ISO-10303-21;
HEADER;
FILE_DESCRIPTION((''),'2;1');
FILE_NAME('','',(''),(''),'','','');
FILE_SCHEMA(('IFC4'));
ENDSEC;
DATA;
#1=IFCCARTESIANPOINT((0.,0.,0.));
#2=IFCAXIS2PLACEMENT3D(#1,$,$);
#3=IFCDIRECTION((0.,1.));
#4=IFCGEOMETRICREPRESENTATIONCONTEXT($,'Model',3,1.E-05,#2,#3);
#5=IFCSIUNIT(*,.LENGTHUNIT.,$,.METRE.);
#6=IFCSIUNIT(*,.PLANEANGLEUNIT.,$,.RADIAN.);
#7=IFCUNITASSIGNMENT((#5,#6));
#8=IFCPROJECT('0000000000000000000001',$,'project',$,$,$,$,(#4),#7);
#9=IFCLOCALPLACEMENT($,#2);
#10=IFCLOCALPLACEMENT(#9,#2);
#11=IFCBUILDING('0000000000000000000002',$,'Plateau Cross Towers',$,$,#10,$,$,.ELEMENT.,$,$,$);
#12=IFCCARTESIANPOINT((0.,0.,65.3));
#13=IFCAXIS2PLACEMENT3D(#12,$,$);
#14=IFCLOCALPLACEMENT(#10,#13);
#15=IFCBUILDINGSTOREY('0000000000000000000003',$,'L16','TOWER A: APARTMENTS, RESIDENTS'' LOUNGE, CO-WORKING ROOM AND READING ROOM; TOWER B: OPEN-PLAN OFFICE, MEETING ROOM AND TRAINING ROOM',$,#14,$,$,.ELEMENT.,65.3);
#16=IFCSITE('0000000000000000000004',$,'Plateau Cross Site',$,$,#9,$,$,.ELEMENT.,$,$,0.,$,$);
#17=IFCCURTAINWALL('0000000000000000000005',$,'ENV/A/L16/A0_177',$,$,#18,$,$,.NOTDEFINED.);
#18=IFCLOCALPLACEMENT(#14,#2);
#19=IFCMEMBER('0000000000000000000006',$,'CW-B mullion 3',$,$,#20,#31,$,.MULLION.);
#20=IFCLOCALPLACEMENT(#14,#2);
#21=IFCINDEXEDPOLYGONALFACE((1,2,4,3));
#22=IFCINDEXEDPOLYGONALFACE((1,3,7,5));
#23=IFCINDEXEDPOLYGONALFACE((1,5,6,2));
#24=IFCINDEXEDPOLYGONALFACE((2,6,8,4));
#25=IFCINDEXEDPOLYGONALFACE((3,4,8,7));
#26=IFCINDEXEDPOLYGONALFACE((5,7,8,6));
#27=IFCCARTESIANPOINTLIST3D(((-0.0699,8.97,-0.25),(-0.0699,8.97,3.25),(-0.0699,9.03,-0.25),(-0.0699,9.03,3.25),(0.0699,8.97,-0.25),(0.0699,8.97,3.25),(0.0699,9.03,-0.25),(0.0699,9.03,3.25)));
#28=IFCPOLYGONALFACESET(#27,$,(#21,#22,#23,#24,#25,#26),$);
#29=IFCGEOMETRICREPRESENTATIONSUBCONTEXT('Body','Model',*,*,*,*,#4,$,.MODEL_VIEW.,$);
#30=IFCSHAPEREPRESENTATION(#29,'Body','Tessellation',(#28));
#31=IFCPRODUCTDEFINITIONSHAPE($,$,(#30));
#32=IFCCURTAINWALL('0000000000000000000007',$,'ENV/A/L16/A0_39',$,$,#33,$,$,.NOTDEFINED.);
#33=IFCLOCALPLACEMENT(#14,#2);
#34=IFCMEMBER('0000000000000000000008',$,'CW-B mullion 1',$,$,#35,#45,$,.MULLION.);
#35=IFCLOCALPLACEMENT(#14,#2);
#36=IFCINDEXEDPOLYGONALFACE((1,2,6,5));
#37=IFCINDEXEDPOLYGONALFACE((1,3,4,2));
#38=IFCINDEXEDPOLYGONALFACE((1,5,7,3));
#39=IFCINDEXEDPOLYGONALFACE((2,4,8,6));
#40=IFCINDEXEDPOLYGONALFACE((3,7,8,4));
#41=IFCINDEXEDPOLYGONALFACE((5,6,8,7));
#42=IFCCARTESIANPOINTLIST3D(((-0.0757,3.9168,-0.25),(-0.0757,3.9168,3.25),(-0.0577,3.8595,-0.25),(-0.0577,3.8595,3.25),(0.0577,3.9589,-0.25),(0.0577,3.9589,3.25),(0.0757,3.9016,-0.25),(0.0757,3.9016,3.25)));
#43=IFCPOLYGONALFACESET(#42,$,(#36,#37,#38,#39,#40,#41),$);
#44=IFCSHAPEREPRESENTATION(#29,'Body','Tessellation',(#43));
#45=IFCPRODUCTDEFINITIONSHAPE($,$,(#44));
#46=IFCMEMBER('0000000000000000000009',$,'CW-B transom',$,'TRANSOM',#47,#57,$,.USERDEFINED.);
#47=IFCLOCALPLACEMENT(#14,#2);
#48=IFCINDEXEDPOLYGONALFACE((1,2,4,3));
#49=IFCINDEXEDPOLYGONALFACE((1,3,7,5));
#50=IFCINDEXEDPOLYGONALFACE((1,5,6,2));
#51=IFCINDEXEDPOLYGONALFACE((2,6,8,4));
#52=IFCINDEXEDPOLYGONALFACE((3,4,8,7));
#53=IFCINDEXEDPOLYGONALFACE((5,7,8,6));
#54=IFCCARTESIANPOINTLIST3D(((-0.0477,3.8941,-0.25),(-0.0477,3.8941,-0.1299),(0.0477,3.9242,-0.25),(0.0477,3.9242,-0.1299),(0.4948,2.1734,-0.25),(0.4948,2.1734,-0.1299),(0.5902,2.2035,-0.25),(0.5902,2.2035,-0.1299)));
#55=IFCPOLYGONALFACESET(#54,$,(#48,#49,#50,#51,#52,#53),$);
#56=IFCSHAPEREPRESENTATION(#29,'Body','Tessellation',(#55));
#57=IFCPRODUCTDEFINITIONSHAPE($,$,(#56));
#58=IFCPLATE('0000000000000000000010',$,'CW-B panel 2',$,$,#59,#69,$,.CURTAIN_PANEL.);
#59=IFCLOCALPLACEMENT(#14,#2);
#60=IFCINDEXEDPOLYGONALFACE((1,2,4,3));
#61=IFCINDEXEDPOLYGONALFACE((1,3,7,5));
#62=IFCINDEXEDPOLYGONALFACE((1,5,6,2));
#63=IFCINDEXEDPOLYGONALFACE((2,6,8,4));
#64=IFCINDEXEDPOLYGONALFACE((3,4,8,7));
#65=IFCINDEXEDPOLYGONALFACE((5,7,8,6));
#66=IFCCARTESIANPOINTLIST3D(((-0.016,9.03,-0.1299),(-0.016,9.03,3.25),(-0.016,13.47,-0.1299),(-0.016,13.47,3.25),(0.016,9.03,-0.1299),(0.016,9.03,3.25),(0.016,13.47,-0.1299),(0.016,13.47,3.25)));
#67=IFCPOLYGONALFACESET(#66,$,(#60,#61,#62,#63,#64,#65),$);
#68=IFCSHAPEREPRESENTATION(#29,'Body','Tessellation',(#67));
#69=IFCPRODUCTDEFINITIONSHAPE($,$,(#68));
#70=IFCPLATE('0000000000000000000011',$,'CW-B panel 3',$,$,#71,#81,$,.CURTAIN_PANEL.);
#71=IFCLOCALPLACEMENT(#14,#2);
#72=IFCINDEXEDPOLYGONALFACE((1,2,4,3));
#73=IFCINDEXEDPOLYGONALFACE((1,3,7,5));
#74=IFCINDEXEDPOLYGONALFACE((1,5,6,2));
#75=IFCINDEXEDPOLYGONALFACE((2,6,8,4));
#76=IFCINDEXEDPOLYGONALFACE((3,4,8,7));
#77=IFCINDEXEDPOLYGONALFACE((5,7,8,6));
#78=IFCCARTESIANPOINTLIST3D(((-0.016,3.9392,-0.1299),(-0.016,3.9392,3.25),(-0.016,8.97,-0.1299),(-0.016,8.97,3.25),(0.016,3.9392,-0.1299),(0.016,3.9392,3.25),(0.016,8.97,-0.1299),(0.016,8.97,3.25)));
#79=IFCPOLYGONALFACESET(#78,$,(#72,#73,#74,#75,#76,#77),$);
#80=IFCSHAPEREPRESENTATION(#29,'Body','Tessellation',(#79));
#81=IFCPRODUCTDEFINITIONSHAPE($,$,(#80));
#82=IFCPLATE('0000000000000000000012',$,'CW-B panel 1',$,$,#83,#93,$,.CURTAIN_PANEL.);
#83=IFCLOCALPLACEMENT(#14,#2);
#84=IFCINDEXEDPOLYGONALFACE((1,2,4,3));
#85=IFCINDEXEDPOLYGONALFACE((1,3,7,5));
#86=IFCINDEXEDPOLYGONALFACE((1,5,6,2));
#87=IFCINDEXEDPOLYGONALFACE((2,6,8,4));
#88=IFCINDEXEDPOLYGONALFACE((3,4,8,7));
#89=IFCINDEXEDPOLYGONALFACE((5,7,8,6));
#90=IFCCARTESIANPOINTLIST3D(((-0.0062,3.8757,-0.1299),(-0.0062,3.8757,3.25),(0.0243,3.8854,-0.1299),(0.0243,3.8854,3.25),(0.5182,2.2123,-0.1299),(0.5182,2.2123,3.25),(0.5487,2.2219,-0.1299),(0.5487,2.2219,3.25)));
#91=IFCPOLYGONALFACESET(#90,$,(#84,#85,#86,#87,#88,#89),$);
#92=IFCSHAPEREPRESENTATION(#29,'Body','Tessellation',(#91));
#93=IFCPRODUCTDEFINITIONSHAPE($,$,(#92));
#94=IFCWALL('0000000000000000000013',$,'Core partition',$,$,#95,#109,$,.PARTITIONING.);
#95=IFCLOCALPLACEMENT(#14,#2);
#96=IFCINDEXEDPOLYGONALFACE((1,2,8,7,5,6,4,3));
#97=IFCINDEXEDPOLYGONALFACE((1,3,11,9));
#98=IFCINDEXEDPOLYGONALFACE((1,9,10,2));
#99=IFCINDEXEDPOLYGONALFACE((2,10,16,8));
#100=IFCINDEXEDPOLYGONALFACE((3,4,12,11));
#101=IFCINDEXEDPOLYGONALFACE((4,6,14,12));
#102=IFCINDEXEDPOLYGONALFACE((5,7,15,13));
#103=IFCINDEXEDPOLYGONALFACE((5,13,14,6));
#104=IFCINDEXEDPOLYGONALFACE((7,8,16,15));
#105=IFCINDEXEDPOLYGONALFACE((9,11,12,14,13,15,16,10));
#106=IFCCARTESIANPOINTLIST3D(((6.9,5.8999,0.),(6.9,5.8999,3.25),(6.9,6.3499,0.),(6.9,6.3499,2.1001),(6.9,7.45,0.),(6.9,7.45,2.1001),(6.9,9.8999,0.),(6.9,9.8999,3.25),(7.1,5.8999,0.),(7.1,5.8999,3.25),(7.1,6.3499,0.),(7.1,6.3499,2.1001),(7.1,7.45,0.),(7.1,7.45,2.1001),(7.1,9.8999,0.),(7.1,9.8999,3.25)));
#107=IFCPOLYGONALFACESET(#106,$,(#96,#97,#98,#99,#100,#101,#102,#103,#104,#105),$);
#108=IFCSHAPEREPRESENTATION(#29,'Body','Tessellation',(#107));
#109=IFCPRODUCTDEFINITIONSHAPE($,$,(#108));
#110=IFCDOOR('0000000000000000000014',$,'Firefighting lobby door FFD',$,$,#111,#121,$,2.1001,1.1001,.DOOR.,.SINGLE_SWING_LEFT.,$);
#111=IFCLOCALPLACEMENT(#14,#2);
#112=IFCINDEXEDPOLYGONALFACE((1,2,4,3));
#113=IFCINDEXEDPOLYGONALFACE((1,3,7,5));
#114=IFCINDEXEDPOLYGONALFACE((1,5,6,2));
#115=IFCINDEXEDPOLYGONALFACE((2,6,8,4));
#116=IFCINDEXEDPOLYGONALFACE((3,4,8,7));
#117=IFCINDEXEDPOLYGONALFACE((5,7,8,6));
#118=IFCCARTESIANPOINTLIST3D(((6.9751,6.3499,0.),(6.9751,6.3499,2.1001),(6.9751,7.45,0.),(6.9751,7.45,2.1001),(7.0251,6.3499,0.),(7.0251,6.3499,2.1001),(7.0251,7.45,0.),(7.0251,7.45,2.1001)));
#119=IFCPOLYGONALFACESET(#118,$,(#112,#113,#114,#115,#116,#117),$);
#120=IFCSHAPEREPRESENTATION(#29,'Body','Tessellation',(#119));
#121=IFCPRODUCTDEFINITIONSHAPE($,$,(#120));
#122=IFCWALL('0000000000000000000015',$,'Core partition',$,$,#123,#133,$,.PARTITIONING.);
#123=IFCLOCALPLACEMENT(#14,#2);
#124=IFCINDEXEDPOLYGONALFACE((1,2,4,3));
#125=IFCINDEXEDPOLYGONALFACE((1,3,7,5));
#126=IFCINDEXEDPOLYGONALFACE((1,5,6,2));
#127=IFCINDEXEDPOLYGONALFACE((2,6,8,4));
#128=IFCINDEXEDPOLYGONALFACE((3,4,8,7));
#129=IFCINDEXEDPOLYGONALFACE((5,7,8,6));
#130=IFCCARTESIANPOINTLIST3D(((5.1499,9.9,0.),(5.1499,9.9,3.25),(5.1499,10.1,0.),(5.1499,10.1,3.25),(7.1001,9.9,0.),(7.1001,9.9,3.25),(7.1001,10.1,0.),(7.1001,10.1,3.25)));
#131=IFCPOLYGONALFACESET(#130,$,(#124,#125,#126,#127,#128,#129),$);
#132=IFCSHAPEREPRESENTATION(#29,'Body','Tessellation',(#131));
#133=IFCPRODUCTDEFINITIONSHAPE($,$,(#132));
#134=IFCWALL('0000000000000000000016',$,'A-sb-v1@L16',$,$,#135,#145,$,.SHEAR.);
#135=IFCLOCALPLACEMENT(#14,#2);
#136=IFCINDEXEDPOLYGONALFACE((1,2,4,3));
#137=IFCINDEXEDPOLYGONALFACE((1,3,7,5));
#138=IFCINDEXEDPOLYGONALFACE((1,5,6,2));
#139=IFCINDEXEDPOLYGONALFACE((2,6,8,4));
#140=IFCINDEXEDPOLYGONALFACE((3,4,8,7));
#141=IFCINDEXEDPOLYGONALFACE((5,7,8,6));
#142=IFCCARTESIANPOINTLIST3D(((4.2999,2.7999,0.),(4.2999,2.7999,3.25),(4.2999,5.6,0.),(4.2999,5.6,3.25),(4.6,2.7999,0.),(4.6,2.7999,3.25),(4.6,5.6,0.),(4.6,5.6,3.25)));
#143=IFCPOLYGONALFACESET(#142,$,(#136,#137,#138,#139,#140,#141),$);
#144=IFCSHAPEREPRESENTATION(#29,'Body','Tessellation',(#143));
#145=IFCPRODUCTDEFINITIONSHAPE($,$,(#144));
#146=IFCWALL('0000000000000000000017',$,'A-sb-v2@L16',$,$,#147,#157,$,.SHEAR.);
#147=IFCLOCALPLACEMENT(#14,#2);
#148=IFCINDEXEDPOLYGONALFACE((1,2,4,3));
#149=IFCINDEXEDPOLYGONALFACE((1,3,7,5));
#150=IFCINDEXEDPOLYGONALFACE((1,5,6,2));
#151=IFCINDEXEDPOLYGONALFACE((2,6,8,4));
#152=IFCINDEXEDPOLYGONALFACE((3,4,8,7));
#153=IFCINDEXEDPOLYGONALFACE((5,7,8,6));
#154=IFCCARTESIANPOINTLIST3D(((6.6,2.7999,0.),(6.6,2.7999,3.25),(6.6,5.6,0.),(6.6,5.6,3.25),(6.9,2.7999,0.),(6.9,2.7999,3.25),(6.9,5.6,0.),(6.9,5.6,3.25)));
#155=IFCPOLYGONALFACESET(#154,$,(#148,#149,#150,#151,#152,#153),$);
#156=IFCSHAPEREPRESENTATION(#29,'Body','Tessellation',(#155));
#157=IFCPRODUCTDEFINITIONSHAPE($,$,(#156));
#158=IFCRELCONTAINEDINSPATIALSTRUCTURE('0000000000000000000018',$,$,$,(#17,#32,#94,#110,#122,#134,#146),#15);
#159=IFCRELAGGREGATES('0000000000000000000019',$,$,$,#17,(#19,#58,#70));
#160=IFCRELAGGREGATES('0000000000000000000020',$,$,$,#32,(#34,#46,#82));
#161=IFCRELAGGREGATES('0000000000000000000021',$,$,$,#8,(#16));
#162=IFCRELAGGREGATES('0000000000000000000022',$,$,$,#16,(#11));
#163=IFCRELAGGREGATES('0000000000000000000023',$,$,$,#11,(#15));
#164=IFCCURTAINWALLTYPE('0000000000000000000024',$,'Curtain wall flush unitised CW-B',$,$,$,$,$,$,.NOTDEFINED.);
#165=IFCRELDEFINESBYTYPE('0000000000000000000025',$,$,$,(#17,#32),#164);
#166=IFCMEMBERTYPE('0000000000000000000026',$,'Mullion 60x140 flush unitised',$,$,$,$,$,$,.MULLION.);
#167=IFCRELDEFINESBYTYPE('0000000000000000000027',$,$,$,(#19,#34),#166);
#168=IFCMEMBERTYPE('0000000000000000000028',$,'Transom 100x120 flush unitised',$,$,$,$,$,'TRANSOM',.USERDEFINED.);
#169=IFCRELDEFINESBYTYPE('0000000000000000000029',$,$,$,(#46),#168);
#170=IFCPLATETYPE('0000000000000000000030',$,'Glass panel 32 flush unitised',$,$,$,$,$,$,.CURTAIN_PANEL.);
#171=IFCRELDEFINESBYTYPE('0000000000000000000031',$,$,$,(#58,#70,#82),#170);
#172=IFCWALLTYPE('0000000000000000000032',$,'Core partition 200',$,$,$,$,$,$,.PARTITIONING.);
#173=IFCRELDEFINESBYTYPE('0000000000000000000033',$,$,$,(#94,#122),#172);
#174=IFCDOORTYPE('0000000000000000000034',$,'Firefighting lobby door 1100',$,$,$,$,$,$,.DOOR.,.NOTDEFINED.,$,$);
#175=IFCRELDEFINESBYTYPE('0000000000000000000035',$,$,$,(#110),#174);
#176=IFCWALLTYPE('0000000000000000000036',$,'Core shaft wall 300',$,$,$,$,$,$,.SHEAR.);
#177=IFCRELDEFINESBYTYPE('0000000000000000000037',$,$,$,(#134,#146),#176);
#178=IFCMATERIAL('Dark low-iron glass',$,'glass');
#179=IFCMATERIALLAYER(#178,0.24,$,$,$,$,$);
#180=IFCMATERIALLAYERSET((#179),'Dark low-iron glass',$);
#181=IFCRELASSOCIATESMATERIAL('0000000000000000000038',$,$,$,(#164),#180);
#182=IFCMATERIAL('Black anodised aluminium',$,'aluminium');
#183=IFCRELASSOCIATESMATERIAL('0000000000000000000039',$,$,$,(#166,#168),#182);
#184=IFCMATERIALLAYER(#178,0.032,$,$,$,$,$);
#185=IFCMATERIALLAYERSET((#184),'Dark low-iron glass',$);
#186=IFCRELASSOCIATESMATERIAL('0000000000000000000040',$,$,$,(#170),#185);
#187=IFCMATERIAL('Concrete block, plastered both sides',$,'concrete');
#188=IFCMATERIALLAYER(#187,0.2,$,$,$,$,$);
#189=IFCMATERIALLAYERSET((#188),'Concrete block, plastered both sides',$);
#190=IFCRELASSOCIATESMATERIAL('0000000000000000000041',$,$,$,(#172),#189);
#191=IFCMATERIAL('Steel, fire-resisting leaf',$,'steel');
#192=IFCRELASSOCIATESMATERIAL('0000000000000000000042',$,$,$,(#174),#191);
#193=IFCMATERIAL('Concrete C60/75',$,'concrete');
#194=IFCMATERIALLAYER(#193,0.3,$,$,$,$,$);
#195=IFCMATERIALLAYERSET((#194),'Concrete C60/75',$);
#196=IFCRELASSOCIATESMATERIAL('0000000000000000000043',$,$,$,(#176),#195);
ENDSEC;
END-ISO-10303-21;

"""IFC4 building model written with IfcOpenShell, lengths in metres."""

from ifc_helpers import new_model, si_unit, direction, frame, frame_2d, origin, origin_2d, place, context, subcontext, project, spatial, rectangle, extrude, material, layer, layer_set, material_profile, profile_set, type_object, element, fill, aggregate, save


model = new_model("IFC4")

# Units and contexts
model_context = context("Model", 3, precision=1e-05, world=origin(), true_north=direction((0.0, 1.0)))
body_context = subcontext(model_context, "Body", "Model", "MODEL_VIEW")
ifc_project = project(units=[si_unit("LENGTHUNIT", "METRE"), si_unit("PLANEANGLEUNIT", "RADIAN")], contexts=[model_context])

# Site, building, storey
site_placement = place(None, origin())
site = spatial("IfcSite", under=ifc_project, at=site_placement, Name="Plateau Cross Site", CompositionType="ELEMENT", RefElevation=0.0)
building_placement = place(site_placement, origin())
building = spatial("IfcBuilding", under=site, at=building_placement, Name="Plateau Cross Towers", CompositionType="ELEMENT")
storey_placement = place(building_placement, frame((0.0, 0.0, 65.3)))
storey = spatial("IfcBuildingStorey", under=building, at=storey_placement, Name="L16", Description="TOWER A: APARTMENTS, RESIDENTS' LOUNGE, CO-WORKING ROOM AND READING ROOM; TOWER B: OPEN-PLAN OFFICE, MEETING ROOM AND TRAINING ROOM", CompositionType="ELEMENT", Elevation=65.3)

# Curtain wall, member
ifc_material_1 = material(Name="Dark low-iron glass", Category="glass")
ifc_layer_1 = layer(ifc_material_1, 0.24)
ifc_layer_set_1 = layer_set([ifc_layer_1], Name="Dark low-iron glass")
curtain_wall_type = type_object("IfcCurtainWallType", Name="Curtain wall flush unitised CW-B", PredefinedType="NOTDEFINED", material=ifc_layer_set_1)
curtain_wall_1_placement = place(storey_placement, origin())
curtain_wall_1 = element("IfcCurtainWall", 1, at=curtain_wall_1_placement, inside=storey, type_object=curtain_wall_type, Name="ENV/A/L16/A0_177", PredefinedType="NOTDEFINED")
ifc_material_2 = material(Name="Black anodised aluminium", Category="aluminium")
ifc_material_profile_1 = material_profile(ifc_material_2, rectangle(XDim=0.0601, YDim=0.1399, at=origin_2d()), Name="MULLION 60x140")
ifc_profile_set_1 = profile_set([ifc_material_profile_1], Name="Black anodised aluminium")
member_type_1 = type_object("IfcMemberType", Name="Mullion 60x140 flush unitised", PredefinedType="MULLION", material=ifc_profile_set_1)
member_1_placement = place(storey_placement, frame((0.0, 9.0, -0.25), z_axis=(0.0, 0.0, 1.0), x_axis=(0.0, -1.0, 0.0)))
member_1 = element("IfcMember", 2, at=member_1_placement, type_object=member_type_1, Name="CW-B mullion 3", PredefinedType="MULLION", context=body_context, shape_type="SweptSolid", body=[
    extrude(rectangle(XDim=0.0601, YDim=0.1399, at=origin_2d()), origin(), (0.0, 0.0, 1.0), 3.5),
])

# Curtain wall, members
curtain_wall_2_placement = place(storey_placement, origin())
curtain_wall_2 = element("IfcCurtainWall", 3, at=curtain_wall_2_placement, inside=storey, type_object=curtain_wall_type, Name="ENV/A/L16/A0_39", PredefinedType="NOTDEFINED")
member_2_placement = place(storey_placement, frame((0.0, 3.9092, -0.25), z_axis=(0.0, 0.0, 1.0), x_axis=(0.300686, -0.953723, 0.0)))
member_2 = element("IfcMember", 4, at=member_2_placement, type_object=member_type_1, Name="CW-B mullion 1", PredefinedType="MULLION", context=body_context, shape_type="SweptSolid", body=[
    extrude(rectangle(XDim=0.0601, YDim=0.1399, at=origin_2d()), origin(), (0.0, 0.0, 1.0), 3.5),
])
ifc_material_profile_2 = material_profile(ifc_material_2, rectangle(XDim=0.1001, YDim=0.1201, at=origin_2d()), Name="TRANSOM 100x120")
ifc_profile_set_2 = profile_set([ifc_material_profile_2], Name="Black anodised aluminium")
member_type_2 = type_object("IfcMemberType", Name="Transom 100x120 flush unitised", ElementType="TRANSOM", PredefinedType="USERDEFINED", material=ifc_profile_set_2)
member_3_placement = place(storey_placement, frame((0.0, 3.9092, -0.1899), z_axis=(0.300678, -0.953726, 0.0), x_axis=(0.953726, 0.300678, 0.0)))
member_3 = element("IfcMember", 5, at=member_3_placement, type_object=member_type_2, Name="CW-B transom", ObjectType="TRANSOM", PredefinedType="USERDEFINED", context=body_context, shape_type="SweptSolid", body=[
    extrude(rectangle(XDim=0.1001, YDim=0.1201, at=origin_2d()), origin(), (0.0, 0.0, 1.0), 1.8042),
])

# Plates
ifc_layer_2 = layer(ifc_material_1, 0.032)
ifc_layer_set_2 = layer_set([ifc_layer_2], Name="Dark low-iron glass")
plate_type = type_object("IfcPlateType", Name="Glass panel 32 flush unitised", PredefinedType="CURTAIN_PANEL", material=ifc_layer_set_2)
plate_1_placement = place(storey_placement, frame((0.0, 11.25, -0.1299), z_axis=(0.0, 0.0, 1.0), x_axis=(0.0, -1.0, 0.0)))
plate_1 = element("IfcPlate", 6, at=plate_1_placement, type_object=plate_type, Name="CW-B panel 2", PredefinedType="CURTAIN_PANEL", context=body_context, shape_type="SweptSolid", body=[
    extrude(rectangle(XDim=4.4399, YDim=0.032, at=origin_2d()), origin(), (0.0, 0.0, 1.0), 3.3799),
])
plate_2_placement = place(storey_placement, frame((0.0, 6.4546, -0.1299), z_axis=(0.0, 0.0, 1.0), x_axis=(0.0, -1.0, 0.0)))
plate_2 = element("IfcPlate", 7, at=plate_2_placement, type_object=plate_type, Name="CW-B panel 3", PredefinedType="CURTAIN_PANEL", context=body_context, shape_type="SweptSolid", body=[
    extrude(rectangle(XDim=5.0308, YDim=0.032, at=origin_2d()), origin(), (0.0, 0.0, 1.0), 3.3799),
])
aggregate(curtain_wall_1, [member_1, plate_1, plate_2])
plate_3_placement = place(storey_placement, frame((0.2712, 3.0488, -0.1299), z_axis=(0.0, 0.0, 1.0), x_axis=(0.300686, -0.953723, 0.0)))
plate_3 = element("IfcPlate", 8, at=plate_3_placement, type_object=plate_type, Name="CW-B panel 1", PredefinedType="CURTAIN_PANEL", context=body_context, shape_type="SweptSolid", body=[
    extrude(rectangle(XDim=1.7441, YDim=0.032, at=origin_2d()), origin(), (0.0, 0.0, 1.0), 3.3799),
])
aggregate(curtain_wall_2, [member_2, member_3, plate_3])

# Wall, opening, door
ifc_material_3 = material(Name="Concrete block, plastered both sides", Category="concrete")
ifc_layer_3 = layer(ifc_material_3, 0.2)
ifc_layer_set_3 = layer_set([ifc_layer_3], Name="Concrete block, plastered both sides")
wall_type_1 = type_object("IfcWallType", Name="Core partition 200", PredefinedType="PARTITIONING", material=ifc_layer_set_3)
wall_1_placement = place(storey_placement, frame((7.0, 5.8999, 0.0), z_axis=(0.0, 0.0, 1.0), x_axis=(0.0, 1.0, 0.0)))
wall_1 = element("IfcWall", 9, at=wall_1_placement, inside=storey, type_object=wall_type_1, Name="Core partition", PredefinedType="PARTITIONING", context=body_context, shape_type="SweptSolid", body=[
    extrude(rectangle(XDim=4.0, YDim=0.2, at=frame_2d((2.0, 0.0))), origin(), (0.0, 0.0, 1.0), 3.25),
])
opening_1_placement = place(wall_1_placement, frame((0.45, 0.0, 0.0)))
opening_1 = element("IfcOpeningElement", 10, at=opening_1_placement, cuts=wall_1, PredefinedType="OPENING", context=body_context, shape_type="SweptSolid", body=[
    extrude(rectangle(XDim=1.1001, YDim=2.1001, at=frame_2d((0.55, 1.05))), frame((0.0, 0.1099, 0.0), z_axis=(0.0, -1.0, 0.0), x_axis=(1.0, 0.0, 0.0)), (0.0, 0.0, 1.0), 0.22),
])
ifc_material_4 = material(Name="Steel, fire-resisting leaf", Category="steel")
door_type_1 = type_object("IfcDoorType", Name="Firefighting lobby door 1100", OperationType="NOTDEFINED", PredefinedType="DOOR", material=ifc_material_4)
door_1_placement = place(opening_1_placement, origin())
door_1 = element("IfcDoor", 11, at=door_1_placement, inside=storey, type_object=door_type_1, Name="Firefighting lobby door FFD", OperationType="SINGLE_SWING_LEFT", OverallHeight=2.1001, OverallWidth=1.1001, PredefinedType="DOOR", context=body_context, shape_type="SweptSolid", body=[
    extrude(rectangle(XDim=1.1001, YDim=2.1001, at=frame_2d((0.55, 1.05))), frame((0.0, 0.0249, 0.0), z_axis=(0.0, -1.0, 0.0), x_axis=(1.0, 0.0, 0.0)), (0.0, 0.0, 1.0), 0.05),
])
fill(opening_1, door_1)

# Walls
wall_2_placement = place(storey_placement, frame((5.1499, 10.0, 0.0), z_axis=(0.0, 0.0, 1.0), x_axis=(1.0, 0.0, 0.0)))
element("IfcWall", 12, at=wall_2_placement, inside=storey, type_object=wall_type_1, Name="Core partition", PredefinedType="PARTITIONING", context=body_context, shape_type="SweptSolid", body=[
    extrude(rectangle(XDim=1.9502, YDim=0.2, at=frame_2d((0.9751, 0.0))), origin(), (0.0, 0.0, 1.0), 3.25),
])
ifc_material_5 = material(Name="Concrete C60/75", Category="concrete")
ifc_layer_4 = layer(ifc_material_5, 0.3)
ifc_layer_set_4 = layer_set([ifc_layer_4], Name="Concrete C60/75")
wall_type_2 = type_object("IfcWallType", Name="Core shaft wall 300", PredefinedType="SHEAR", material=ifc_layer_set_4)
for number, where, z_axis, x_axis, name in (
    (13, (4.45, 2.8, 0.0), (0.0, 0.0, 1.0), (0.0, 1.0, 0.0), "A-sb-v1@L16"),
    (14, (6.75, 2.8, 0.0), (0.0, 0.0, 1.0), (0.0, 1.0, 0.0), "A-sb-v2@L16"),
):
    element("IfcWall", number, at=place(storey_placement, frame(where, z_axis=z_axis, x_axis=x_axis)), inside=storey, type_object=wall_type_2, Name=name, PredefinedType="SHEAR", context=body_context, shape_type="SweptSolid", body=[
        extrude(rectangle(XDim=2.8, YDim=0.3, at=frame_2d((1.3999, 0.0))), origin(), (0.0, 0.0, 1.0), 3.25),
    ])

save(model, "model.ifc")
